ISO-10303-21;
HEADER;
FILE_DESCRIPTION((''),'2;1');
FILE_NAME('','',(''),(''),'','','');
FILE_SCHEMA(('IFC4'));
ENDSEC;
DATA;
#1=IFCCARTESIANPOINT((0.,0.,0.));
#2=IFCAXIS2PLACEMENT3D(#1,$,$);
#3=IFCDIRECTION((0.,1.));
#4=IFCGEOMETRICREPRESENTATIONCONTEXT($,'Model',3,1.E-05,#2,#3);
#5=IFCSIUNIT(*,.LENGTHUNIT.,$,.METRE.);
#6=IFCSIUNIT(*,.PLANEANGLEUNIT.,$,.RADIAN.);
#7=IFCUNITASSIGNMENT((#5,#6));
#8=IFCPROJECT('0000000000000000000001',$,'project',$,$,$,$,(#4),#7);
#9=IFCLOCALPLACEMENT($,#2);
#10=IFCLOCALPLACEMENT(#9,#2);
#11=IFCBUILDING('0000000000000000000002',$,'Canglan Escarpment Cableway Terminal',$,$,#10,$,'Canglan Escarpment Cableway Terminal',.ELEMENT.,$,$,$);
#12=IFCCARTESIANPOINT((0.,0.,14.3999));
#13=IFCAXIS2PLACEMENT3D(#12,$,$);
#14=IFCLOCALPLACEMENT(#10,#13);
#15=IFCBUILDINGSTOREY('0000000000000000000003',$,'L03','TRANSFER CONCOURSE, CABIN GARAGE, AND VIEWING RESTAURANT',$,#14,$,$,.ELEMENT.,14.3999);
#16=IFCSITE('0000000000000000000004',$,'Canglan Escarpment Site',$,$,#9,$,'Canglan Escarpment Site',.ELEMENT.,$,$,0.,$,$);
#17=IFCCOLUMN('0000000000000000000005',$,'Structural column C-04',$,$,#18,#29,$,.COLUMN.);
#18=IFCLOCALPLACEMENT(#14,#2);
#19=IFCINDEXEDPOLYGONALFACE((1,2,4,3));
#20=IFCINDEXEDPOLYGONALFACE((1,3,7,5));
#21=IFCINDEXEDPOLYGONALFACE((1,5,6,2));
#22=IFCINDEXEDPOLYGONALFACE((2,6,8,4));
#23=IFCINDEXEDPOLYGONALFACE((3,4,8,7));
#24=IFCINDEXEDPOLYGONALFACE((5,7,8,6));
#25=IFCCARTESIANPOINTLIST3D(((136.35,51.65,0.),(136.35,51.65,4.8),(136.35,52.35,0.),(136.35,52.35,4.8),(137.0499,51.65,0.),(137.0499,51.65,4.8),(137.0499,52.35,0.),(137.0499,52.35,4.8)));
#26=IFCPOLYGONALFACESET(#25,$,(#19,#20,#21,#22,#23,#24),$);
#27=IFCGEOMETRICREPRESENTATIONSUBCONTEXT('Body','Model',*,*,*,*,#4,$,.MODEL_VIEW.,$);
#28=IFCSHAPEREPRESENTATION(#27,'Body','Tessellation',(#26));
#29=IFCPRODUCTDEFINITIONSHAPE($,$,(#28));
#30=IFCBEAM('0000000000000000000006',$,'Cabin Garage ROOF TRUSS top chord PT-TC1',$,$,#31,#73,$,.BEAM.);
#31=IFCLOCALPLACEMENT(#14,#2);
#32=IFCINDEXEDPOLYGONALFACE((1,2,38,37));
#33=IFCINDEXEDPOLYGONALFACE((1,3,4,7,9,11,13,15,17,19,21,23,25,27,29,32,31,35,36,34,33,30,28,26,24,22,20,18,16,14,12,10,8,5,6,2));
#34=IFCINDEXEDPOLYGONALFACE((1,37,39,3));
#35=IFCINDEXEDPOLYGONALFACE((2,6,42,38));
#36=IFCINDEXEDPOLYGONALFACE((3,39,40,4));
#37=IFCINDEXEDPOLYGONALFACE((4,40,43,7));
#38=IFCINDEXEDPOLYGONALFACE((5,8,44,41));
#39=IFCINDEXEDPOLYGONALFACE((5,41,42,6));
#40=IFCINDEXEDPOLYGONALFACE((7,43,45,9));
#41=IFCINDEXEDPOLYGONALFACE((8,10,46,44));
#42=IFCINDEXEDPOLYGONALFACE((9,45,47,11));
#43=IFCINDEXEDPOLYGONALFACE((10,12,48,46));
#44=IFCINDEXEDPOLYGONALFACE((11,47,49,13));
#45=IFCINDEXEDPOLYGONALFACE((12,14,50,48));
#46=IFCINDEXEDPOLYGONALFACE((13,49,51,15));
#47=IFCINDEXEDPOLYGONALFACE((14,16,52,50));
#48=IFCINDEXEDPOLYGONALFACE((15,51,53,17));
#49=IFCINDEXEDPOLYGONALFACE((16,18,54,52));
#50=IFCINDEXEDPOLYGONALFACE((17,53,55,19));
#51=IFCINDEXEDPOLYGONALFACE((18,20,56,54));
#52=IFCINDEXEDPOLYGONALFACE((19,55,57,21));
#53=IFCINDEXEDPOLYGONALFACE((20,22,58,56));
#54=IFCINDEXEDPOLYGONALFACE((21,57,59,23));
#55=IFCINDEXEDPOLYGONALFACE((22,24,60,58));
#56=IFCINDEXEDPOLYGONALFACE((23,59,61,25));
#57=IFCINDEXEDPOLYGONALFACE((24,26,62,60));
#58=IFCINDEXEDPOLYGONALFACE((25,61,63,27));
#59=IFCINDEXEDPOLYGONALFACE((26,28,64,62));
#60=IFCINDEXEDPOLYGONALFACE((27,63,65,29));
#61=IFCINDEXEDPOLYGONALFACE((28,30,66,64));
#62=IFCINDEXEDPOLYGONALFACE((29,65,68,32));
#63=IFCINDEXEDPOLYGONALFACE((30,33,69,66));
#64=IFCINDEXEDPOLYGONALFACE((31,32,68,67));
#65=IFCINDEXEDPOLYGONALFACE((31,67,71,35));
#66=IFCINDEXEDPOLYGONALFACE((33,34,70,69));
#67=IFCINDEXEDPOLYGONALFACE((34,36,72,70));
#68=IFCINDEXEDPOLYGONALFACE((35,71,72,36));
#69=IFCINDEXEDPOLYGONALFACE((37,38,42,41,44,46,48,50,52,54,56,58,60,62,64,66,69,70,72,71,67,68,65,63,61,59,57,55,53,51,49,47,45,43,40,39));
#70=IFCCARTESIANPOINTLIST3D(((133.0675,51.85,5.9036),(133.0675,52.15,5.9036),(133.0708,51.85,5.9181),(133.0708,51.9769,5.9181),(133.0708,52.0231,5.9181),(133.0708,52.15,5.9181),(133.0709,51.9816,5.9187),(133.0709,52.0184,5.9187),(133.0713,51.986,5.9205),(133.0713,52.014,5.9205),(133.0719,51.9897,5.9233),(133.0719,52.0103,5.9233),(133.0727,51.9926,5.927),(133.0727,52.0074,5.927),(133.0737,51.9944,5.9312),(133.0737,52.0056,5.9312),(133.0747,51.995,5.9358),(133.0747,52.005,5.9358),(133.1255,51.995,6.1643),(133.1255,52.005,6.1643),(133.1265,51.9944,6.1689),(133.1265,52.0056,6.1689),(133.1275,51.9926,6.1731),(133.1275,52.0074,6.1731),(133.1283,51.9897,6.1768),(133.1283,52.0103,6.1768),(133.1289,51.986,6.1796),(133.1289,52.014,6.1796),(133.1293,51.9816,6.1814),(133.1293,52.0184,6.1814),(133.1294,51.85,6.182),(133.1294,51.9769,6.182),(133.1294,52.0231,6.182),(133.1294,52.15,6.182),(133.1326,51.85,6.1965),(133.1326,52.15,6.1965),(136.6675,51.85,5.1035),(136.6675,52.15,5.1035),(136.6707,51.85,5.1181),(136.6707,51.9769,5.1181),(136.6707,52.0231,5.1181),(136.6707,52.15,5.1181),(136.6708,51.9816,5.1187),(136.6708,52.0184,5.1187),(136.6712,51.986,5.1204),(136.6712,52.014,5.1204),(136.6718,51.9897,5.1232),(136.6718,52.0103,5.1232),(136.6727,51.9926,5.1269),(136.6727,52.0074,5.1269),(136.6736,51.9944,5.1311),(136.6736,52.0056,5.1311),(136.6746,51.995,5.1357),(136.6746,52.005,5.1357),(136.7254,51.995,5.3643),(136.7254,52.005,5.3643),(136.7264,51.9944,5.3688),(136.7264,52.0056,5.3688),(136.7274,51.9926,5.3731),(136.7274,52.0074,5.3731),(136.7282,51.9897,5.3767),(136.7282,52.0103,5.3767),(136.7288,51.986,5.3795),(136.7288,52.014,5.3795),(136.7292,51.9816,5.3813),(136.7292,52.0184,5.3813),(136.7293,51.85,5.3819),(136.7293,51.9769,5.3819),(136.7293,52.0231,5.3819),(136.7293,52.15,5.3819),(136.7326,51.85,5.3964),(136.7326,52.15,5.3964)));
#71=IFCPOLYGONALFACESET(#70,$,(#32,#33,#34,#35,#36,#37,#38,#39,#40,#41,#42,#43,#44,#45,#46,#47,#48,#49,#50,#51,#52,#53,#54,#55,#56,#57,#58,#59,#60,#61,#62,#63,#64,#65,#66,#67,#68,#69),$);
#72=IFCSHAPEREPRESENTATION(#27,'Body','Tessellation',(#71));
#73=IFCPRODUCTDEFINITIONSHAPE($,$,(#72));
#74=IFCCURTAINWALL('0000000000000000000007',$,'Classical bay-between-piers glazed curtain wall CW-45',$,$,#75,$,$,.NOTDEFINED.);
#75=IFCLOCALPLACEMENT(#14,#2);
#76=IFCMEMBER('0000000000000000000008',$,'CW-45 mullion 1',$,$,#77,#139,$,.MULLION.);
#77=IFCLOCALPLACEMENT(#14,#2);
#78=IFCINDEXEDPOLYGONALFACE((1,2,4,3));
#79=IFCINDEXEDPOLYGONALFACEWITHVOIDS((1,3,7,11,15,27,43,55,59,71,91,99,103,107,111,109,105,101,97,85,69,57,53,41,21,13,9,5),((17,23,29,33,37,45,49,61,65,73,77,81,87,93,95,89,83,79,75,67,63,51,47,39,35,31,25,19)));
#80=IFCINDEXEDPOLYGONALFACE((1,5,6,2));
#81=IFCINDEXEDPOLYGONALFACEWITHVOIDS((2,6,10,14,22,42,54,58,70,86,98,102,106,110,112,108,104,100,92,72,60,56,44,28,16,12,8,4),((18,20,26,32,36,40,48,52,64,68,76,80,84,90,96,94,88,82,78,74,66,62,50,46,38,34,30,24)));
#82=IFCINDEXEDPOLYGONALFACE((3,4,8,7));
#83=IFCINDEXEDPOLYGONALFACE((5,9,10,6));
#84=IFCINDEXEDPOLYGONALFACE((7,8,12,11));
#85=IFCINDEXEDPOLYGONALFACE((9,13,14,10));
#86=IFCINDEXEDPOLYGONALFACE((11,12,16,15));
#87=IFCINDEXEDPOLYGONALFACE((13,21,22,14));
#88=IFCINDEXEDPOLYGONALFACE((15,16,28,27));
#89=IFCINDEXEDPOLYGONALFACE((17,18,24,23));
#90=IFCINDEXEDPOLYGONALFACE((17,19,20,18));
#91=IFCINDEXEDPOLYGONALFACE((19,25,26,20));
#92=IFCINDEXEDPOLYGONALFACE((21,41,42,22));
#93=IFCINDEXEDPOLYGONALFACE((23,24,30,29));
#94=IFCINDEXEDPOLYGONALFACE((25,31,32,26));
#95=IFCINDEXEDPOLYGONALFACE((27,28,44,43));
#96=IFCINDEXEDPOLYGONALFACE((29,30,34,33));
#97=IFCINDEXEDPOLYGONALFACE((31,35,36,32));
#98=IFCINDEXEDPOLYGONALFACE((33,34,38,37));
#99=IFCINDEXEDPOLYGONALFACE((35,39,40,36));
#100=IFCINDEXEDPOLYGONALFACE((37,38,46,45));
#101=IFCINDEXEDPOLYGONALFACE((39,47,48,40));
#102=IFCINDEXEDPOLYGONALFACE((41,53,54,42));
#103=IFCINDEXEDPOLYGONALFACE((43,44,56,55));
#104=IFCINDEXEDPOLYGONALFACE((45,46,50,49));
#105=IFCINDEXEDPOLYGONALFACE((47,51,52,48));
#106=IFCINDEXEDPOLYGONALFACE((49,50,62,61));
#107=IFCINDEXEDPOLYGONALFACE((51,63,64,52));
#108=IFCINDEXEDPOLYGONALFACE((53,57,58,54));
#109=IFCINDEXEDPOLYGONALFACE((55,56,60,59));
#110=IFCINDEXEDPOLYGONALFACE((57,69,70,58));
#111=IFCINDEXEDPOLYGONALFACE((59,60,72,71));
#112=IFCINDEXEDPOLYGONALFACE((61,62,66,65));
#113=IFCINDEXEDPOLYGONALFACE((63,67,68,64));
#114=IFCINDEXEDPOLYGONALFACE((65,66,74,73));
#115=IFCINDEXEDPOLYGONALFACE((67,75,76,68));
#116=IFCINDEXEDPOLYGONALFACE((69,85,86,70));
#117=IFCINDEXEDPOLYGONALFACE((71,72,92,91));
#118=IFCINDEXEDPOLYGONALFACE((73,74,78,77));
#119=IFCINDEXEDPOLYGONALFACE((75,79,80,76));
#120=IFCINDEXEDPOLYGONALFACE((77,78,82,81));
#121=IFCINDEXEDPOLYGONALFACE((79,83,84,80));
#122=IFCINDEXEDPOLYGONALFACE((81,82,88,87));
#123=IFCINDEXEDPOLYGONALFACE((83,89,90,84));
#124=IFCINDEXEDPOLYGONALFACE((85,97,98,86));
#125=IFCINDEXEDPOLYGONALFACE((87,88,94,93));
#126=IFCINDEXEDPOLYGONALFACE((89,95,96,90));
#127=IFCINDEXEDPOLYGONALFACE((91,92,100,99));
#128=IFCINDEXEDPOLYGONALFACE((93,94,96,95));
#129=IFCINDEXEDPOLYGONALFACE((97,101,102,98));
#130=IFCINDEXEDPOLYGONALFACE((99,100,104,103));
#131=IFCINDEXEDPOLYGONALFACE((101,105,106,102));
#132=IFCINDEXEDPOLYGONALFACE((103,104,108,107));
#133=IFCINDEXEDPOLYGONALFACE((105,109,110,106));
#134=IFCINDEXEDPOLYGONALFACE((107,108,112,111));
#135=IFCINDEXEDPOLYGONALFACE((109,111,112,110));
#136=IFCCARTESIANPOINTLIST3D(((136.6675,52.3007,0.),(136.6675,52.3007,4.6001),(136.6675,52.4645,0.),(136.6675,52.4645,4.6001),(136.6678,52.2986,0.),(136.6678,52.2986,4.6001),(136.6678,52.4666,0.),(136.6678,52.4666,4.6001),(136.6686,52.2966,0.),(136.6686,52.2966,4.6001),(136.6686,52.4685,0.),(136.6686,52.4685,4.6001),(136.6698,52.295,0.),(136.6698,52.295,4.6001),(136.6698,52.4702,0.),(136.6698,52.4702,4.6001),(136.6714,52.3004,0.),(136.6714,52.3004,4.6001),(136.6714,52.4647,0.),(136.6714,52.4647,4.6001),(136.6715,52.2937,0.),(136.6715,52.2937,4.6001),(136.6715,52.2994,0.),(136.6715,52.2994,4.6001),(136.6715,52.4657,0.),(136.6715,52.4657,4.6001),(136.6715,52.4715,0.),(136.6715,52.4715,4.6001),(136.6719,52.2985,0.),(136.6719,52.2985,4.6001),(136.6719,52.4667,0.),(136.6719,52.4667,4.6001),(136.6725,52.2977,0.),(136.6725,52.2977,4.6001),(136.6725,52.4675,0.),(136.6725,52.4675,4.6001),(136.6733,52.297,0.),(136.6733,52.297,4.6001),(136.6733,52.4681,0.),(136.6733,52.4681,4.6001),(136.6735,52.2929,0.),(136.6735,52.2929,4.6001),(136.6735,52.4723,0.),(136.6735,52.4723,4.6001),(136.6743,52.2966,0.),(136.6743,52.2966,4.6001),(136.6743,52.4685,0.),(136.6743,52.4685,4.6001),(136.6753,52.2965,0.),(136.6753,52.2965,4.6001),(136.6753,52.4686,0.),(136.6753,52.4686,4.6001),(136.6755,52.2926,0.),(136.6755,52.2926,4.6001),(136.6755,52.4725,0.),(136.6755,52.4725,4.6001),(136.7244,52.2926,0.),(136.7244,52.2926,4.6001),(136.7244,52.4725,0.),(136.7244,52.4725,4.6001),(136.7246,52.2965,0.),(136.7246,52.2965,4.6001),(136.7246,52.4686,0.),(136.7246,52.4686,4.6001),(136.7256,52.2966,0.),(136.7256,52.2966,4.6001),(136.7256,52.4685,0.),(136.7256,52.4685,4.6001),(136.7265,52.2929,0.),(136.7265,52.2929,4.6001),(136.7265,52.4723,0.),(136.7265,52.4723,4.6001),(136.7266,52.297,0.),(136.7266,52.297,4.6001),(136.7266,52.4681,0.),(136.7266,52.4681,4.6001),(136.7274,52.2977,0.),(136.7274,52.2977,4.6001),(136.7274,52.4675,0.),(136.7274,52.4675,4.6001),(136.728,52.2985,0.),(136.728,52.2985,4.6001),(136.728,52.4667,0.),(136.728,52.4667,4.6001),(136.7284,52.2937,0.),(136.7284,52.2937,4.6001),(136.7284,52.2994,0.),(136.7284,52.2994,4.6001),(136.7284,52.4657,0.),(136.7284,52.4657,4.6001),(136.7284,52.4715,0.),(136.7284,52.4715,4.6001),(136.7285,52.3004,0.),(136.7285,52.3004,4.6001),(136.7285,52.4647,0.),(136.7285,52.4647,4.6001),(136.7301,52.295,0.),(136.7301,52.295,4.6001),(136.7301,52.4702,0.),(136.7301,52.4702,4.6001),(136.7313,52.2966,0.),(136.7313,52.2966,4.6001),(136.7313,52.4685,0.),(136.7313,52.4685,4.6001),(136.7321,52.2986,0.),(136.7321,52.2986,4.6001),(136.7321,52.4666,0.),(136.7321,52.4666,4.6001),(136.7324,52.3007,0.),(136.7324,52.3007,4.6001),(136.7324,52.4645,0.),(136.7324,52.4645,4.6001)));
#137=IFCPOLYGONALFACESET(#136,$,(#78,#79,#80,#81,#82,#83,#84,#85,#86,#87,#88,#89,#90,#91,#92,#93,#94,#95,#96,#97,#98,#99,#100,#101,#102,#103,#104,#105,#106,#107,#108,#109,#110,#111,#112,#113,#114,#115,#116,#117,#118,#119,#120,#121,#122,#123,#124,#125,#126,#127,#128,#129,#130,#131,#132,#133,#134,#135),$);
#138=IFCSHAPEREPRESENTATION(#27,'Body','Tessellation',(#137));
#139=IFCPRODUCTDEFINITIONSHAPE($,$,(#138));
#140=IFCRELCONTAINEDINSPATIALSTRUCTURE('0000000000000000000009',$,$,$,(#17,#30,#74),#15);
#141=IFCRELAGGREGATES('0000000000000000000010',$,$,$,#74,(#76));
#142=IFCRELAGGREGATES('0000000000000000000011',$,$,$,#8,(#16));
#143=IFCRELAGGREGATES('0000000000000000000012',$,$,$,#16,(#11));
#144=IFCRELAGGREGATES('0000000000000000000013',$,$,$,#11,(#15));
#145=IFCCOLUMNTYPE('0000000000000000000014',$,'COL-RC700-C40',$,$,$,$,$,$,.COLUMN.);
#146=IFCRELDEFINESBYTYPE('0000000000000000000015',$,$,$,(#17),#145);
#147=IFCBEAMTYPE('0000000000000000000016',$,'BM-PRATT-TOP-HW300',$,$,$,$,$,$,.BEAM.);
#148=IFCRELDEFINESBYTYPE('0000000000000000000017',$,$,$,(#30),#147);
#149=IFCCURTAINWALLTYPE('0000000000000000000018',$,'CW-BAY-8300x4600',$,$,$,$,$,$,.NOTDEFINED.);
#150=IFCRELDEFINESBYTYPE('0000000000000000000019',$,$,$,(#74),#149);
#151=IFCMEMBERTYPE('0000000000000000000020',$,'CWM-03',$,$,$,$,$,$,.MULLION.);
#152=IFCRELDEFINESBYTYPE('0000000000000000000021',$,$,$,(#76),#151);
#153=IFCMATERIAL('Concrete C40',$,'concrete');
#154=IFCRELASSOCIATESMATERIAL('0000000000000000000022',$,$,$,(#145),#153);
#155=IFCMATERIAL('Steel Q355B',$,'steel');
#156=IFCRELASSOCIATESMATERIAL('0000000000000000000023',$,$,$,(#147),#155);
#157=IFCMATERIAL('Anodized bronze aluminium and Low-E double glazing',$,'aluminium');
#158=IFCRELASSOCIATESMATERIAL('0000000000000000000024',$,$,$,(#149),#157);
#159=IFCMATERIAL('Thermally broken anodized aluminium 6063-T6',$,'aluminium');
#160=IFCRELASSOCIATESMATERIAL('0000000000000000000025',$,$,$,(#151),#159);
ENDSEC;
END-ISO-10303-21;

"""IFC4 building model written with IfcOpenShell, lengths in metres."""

from ifc_helpers import new_model, si_unit, direction, frame, origin, origin_2d, place, context, subcontext, project, spatial, rectangle, hollow_rectangle, i_section, extrude, material, material_profile, profile_set, type_object, element, aggregate, save


model = new_model("IFC4")

# Units and contexts
model_context = context("Model", 3, precision=1e-05, world=origin(), true_north=direction((0.0, 1.0)))
body_context = subcontext(model_context, "Body", "Model", "MODEL_VIEW")
ifc_project = project(units=[si_unit("LENGTHUNIT", "METRE"), si_unit("PLANEANGLEUNIT", "RADIAN")], contexts=[model_context])

# Site, building, storey
site_placement = place(None, origin())
site = spatial("IfcSite", under=ifc_project, at=site_placement, Name="Canglan Escarpment Site", LongName="Canglan Escarpment Site", CompositionType="ELEMENT", RefElevation=0.0)
building_placement = place(site_placement, origin())
building = spatial("IfcBuilding", under=site, at=building_placement, Name="Canglan Escarpment Cableway Terminal", LongName="Canglan Escarpment Cableway Terminal", CompositionType="ELEMENT")
storey_placement = place(building_placement, frame((0.0, 0.0, 14.3999)))
storey = spatial("IfcBuildingStorey", under=building, at=storey_placement, Name="L03", Description="TRANSFER CONCOURSE, CABIN GARAGE, AND VIEWING RESTAURANT", CompositionType="ELEMENT", Elevation=14.3999)

# Column
ifc_material_1 = material(Name="Concrete C40", Category="concrete")
ifc_material_profile_1 = material_profile(ifc_material_1, rectangle(XDim=0.7, YDim=0.7, at=origin_2d()), Name="RC 700x700")
ifc_profile_set_1 = profile_set([ifc_material_profile_1], Name="Concrete C40")
column_type = type_object("IfcColumnType", Name="COL-RC700-C40", PredefinedType="COLUMN", material=ifc_profile_set_1)
column_placement = place(storey_placement, frame((136.7, 52.0, 0.0), z_axis=(0.0, 0.0, 1.0), x_axis=(1.0, 0.0, 0.0)))
element("IfcColumn", 1, at=column_placement, inside=storey, type_object=column_type, Name="Structural column C-04", PredefinedType="COLUMN", context=body_context, shape_type="SweptSolid", body=[
    extrude(rectangle(XDim=0.7, YDim=0.7, at=origin_2d()), origin(), (0.0, 0.0, 1.0), 4.8),
])

# Beam
ifc_material_2 = material(Name="Steel Q355B", Category="steel")
ifc_material_profile_2 = material_profile(ifc_material_2, i_section(OverallWidth=0.3, OverallDepth=0.3, WebThickness=0.01, FlangeThickness=0.0149, FilletRadius=0.0181, at=origin_2d()), Name="HW 300x300x10x15")
ifc_profile_set_2 = profile_set([ifc_material_profile_2], Name="Steel Q355B")
beam_type = type_object("IfcBeamType", Name="BM-PRATT-TOP-HW300", PredefinedType="BEAM", material=ifc_profile_set_2)
beam_placement = place(storey_placement, frame((133.1001, 52.0, 6.05), z_axis=(0.976182, 0.0, -0.216951), x_axis=(0.0, 1.0, 0.0)))
element("IfcBeam", 2, at=beam_placement, inside=storey, type_object=beam_type, Name="Cabin Garage ROOF TRUSS top chord PT-TC1", PredefinedType="BEAM", context=body_context, shape_type="SweptSolid", body=[
    extrude(i_section(OverallWidth=0.3, OverallDepth=0.3, WebThickness=0.01, FlangeThickness=0.0149, FilletRadius=0.0181, at=origin_2d()), origin(), (0.0, 0.0, 1.0), 3.6877),
])

# Curtain wall, member
ifc_material_3 = material(Name="Anodized bronze aluminium and Low-E double glazing", Category="aluminium")
curtain_wall_type = type_object("IfcCurtainWallType", Name="CW-BAY-8300x4600", PredefinedType="NOTDEFINED", material=ifc_material_3)
curtain_wall_placement = place(storey_placement, origin())
curtain_wall = element("IfcCurtainWall", 3, at=curtain_wall_placement, inside=storey, type_object=curtain_wall_type, Name="Classical bay-between-piers glazed curtain wall CW-45", PredefinedType="NOTDEFINED")
ifc_material_4 = material(Name="Thermally broken anodized aluminium 6063-T6", Category="aluminium")
ifc_material_profile_3 = material_profile(ifc_material_4, hollow_rectangle(XDim=0.0649, YDim=0.1799, WallThickness=0.0039, InnerFilletRadius=0.0039, OuterFilletRadius=0.0081, at=origin_2d()), Name="ALU-MULL 65x180x4")
ifc_profile_set_3 = profile_set([ifc_material_profile_3], Name="Thermally broken anodized aluminium 6063-T6")
member_type_1 = type_object("IfcMemberType", Name="CWM-03", PredefinedType="MULLION", material=ifc_profile_set_3)
member_1_placement = place(storey_placement, frame((136.7, 52.3826, 0.0), z_axis=(0.0, 0.0, 1.0), x_axis=(-1.0, 0.0, 0.0)))
member_1 = element("IfcMember", 4, at=member_1_placement, type_object=member_type_1, Name="CW-45 mullion 1", PredefinedType="MULLION", context=body_context, shape_type="SweptSolid", body=[
    extrude(hollow_rectangle(XDim=0.0649, YDim=0.1799, WallThickness=0.0039, InnerFilletRadius=0.0039, OuterFilletRadius=0.0081, at=origin_2d()), origin(), (0.0, 0.0, 1.0), 4.6001),
])

aggregate(curtain_wall, [member_1])

save(model, "model.ifc")
